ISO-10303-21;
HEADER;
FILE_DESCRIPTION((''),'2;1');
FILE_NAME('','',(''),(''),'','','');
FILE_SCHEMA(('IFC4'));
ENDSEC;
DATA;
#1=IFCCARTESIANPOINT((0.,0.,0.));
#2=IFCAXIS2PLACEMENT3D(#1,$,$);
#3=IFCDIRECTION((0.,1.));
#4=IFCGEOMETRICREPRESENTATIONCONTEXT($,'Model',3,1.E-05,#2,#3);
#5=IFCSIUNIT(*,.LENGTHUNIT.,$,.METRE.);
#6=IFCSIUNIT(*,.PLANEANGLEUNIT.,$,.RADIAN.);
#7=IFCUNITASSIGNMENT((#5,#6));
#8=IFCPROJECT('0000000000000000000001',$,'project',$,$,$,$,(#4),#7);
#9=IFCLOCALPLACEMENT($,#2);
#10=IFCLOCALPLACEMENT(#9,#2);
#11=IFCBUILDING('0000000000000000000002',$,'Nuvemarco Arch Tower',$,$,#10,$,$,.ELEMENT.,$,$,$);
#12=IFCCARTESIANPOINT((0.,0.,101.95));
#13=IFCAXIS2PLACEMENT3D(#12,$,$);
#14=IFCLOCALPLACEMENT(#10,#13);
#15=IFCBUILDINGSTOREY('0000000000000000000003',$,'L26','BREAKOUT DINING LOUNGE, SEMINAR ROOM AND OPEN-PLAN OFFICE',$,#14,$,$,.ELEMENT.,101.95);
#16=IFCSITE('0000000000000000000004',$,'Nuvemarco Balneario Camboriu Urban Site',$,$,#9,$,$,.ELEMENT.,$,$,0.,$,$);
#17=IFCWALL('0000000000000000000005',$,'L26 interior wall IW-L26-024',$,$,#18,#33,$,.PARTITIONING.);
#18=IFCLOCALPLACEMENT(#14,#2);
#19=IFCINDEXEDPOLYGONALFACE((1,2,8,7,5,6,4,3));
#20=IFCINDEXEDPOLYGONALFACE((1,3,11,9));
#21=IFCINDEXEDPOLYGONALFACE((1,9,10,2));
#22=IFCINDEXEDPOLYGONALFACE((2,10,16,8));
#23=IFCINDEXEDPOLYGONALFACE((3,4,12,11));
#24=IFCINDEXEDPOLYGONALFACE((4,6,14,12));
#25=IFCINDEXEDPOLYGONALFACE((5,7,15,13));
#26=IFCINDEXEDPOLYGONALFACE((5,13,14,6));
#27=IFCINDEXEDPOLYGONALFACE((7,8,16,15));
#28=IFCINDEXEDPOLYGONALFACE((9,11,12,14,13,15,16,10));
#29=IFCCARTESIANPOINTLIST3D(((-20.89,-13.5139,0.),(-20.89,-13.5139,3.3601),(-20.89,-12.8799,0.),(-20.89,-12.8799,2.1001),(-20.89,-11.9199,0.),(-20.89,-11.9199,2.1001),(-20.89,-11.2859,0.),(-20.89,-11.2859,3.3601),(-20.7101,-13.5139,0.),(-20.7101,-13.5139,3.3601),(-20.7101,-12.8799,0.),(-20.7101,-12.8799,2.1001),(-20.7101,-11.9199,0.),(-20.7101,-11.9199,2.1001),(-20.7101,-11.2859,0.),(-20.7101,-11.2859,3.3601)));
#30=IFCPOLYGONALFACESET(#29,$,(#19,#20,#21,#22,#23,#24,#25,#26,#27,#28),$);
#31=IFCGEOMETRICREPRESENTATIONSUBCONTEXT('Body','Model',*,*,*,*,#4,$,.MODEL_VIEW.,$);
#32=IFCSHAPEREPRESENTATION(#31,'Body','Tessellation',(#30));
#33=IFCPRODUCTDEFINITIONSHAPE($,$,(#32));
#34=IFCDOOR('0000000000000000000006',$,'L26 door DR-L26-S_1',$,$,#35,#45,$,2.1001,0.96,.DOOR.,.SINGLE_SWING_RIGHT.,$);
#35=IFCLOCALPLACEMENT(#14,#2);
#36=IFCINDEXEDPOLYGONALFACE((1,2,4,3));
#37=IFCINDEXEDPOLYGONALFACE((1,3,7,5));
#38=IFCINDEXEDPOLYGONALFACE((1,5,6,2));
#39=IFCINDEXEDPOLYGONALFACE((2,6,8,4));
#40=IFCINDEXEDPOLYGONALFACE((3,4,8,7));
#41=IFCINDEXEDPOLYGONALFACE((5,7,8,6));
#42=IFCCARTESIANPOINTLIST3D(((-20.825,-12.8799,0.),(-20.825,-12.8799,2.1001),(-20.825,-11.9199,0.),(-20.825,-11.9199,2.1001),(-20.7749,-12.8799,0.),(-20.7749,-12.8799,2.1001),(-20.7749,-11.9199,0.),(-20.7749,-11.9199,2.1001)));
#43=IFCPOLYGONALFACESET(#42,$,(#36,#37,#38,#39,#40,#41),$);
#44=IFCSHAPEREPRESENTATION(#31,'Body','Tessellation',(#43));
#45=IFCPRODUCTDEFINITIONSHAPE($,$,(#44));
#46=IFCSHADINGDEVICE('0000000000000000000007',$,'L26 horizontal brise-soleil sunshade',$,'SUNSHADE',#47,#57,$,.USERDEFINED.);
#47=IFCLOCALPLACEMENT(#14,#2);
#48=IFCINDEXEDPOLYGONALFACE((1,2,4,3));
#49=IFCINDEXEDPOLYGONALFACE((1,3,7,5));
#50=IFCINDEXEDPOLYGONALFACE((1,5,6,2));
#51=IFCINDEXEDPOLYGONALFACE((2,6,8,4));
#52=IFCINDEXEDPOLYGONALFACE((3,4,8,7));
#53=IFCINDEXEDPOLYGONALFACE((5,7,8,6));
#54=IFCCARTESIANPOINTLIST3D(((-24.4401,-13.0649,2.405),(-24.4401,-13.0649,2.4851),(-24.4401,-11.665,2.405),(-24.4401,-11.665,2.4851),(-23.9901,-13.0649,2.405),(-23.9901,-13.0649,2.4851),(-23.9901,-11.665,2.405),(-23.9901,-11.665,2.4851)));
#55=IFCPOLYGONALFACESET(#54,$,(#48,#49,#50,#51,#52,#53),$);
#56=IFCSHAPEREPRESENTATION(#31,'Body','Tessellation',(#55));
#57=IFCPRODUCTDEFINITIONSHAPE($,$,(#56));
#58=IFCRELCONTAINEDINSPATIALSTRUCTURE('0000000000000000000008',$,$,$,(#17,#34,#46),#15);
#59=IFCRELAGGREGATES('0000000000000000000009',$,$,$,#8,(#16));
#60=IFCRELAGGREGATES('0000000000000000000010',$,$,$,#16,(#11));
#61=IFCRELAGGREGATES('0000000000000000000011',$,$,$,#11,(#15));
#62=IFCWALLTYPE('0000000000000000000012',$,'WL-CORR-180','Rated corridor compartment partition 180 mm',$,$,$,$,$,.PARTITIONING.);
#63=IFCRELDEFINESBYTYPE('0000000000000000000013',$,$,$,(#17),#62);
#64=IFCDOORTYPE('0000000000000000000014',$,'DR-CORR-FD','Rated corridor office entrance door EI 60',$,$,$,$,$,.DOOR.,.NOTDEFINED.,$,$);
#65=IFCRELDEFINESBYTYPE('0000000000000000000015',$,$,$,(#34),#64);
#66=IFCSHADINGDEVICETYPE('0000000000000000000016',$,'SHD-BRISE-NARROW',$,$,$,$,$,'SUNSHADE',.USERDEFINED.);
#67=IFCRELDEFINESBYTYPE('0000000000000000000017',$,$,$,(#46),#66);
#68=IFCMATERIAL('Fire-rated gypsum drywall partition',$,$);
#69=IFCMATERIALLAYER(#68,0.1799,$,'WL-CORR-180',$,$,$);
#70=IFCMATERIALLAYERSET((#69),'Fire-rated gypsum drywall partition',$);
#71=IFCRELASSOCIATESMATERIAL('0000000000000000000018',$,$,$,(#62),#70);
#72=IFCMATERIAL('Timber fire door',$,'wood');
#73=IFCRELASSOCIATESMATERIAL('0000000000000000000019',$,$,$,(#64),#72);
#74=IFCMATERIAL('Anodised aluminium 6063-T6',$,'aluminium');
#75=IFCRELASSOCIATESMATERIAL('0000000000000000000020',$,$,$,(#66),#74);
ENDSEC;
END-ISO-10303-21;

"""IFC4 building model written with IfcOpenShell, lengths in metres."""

from ifc_helpers import new_model, si_unit, direction, frame, frame_2d, origin, origin_2d, place, context, subcontext, project, spatial, rectangle, extrude, source, transform, mapped, material, layer, layer_set, type_object, type_shapes, element, fill, save


model = new_model("IFC4")

# Units and contexts
model_context = context("Model", 3, precision=1e-05, world=origin(), true_north=direction((0.0, 1.0)))
body_context = subcontext(model_context, "Body", "Model", "MODEL_VIEW")
ifc_project = project(units=[si_unit("LENGTHUNIT", "METRE"), si_unit("PLANEANGLEUNIT", "RADIAN")], contexts=[model_context])

# Site, building, storey
site_placement = place(None, origin())
site = spatial("IfcSite", under=ifc_project, at=site_placement, Name="Nuvemarco Balneario Camboriu Urban Site", CompositionType="ELEMENT", RefElevation=0.0)
building_placement = place(site_placement, origin())
building = spatial("IfcBuilding", under=site, at=building_placement, Name="Nuvemarco Arch Tower", CompositionType="ELEMENT")
storey_placement = place(building_placement, frame((0.0, 0.0, 101.95)))
storey = spatial("IfcBuildingStorey", under=building, at=storey_placement, Name="L26", Description="BREAKOUT DINING LOUNGE, SEMINAR ROOM AND OPEN-PLAN OFFICE", CompositionType="ELEMENT", Elevation=101.95)

# Wall, opening, door
ifc_material_1 = material(Name="Fire-rated gypsum drywall partition")
ifc_layer = layer(ifc_material_1, 0.1799, Name="WL-CORR-180")
ifc_layer_set = layer_set([ifc_layer], Name="Fire-rated gypsum drywall partition")
wall_type = type_object("IfcWallType", Name="WL-CORR-180", Description="Rated corridor compartment partition 180 mm", PredefinedType="PARTITIONING", material=ifc_layer_set)
ifc_material_2 = material(Name="Timber fire door", Category="wood")
door_type = type_object("IfcDoorType", Name="DR-CORR-FD", Description="Rated corridor office entrance door EI 60", OperationType="NOTDEFINED", PredefinedType="DOOR", material=ifc_material_2)
shared_shape_1 = source(origin(), body_context, "Body", "SweptSolid", [
    extrude(rectangle(XDim=0.96, YDim=2.1001, at=frame_2d((0.48, 1.05))), frame((0.0, 0.0249, 0.0), z_axis=(0.0, -1.0, 0.0), x_axis=(1.0, 0.0, 0.0)), (0.0, 0.0, 1.0), 0.05),
])
type_shapes(door_type, [shared_shape_1])
wall_1_placement = place(storey_placement, frame((-20.8, -13.5139, 0.0), z_axis=(0.0, 0.0, 1.0), x_axis=(0.0, 1.0, 0.0)))
wall_1 = element("IfcWall", 1, at=wall_1_placement, inside=storey, type_object=wall_type, Name="L26 interior wall IW-L26-024", PredefinedType="PARTITIONING", context=body_context, shape_type="SweptSolid", body=[
    extrude(rectangle(XDim=2.228, YDim=0.1799, at=frame_2d((1.114, 0.0))), origin(), (0.0, 0.0, 1.0), 3.3601),
])
opening_1_placement = place(wall_1_placement, frame((0.634, 0.0, 0.0)))
opening_1 = element("IfcOpeningElement", 2, at=opening_1_placement, cuts=wall_1, PredefinedType="OPENING", context=body_context, shape_type="SweptSolid", body=[
    extrude(rectangle(XDim=0.96, YDim=2.1001, at=frame_2d((0.48, 1.05))), frame((0.0, 0.0999, 0.0), z_axis=(0.0, -1.0, 0.0), x_axis=(1.0, 0.0, 0.0)), (0.0, 0.0, 1.0), 0.2),
])
door_1_placement = place(opening_1_placement, origin())
door_1 = element("IfcDoor", 3, at=door_1_placement, inside=storey, type_object=door_type, Name="L26 door DR-L26-S_1", OperationType="SINGLE_SWING_RIGHT", OverallHeight=2.1001, OverallWidth=0.96, PredefinedType="DOOR", context=body_context, shape_type="MappedRepresentation", body=[
    mapped(shared_shape_1, transform((0.0, 0.0, 0.0), scale=1.0)),
])
fill(opening_1, door_1)

# Shading device
ifc_material_3 = material(Name="Anodised aluminium 6063-T6", Category="aluminium")
shading_device_type = type_object("IfcShadingDeviceType", Name="SHD-BRISE-NARROW", ElementType="SUNSHADE", PredefinedType="USERDEFINED", material=ifc_material_3)
shared_shape_2 = source(origin(), body_context, "Body", "SweptSolid", [
    extrude(rectangle(XDim=1.3999, YDim=0.45, at=origin_2d()), origin(), (0.0, 0.0, 1.0), 0.0801),
])
type_shapes(shading_device_type, [shared_shape_2])
shading_device_placement = place(storey_placement, frame((-24.2151, -12.365, 2.405), z_axis=(0.0, 0.0, 1.0), x_axis=(0.0, 1.0, 0.0)))
element("IfcShadingDevice", 4, at=shading_device_placement, inside=storey, type_object=shading_device_type, Name="L26 horizontal brise-soleil sunshade", ObjectType="SUNSHADE", PredefinedType="USERDEFINED", context=body_context, shape_type="MappedRepresentation", body=[
    mapped(shared_shape_2, transform((0.0, 0.0, 0.0), scale=1.0)),
])

save(model, "model.ifc")
